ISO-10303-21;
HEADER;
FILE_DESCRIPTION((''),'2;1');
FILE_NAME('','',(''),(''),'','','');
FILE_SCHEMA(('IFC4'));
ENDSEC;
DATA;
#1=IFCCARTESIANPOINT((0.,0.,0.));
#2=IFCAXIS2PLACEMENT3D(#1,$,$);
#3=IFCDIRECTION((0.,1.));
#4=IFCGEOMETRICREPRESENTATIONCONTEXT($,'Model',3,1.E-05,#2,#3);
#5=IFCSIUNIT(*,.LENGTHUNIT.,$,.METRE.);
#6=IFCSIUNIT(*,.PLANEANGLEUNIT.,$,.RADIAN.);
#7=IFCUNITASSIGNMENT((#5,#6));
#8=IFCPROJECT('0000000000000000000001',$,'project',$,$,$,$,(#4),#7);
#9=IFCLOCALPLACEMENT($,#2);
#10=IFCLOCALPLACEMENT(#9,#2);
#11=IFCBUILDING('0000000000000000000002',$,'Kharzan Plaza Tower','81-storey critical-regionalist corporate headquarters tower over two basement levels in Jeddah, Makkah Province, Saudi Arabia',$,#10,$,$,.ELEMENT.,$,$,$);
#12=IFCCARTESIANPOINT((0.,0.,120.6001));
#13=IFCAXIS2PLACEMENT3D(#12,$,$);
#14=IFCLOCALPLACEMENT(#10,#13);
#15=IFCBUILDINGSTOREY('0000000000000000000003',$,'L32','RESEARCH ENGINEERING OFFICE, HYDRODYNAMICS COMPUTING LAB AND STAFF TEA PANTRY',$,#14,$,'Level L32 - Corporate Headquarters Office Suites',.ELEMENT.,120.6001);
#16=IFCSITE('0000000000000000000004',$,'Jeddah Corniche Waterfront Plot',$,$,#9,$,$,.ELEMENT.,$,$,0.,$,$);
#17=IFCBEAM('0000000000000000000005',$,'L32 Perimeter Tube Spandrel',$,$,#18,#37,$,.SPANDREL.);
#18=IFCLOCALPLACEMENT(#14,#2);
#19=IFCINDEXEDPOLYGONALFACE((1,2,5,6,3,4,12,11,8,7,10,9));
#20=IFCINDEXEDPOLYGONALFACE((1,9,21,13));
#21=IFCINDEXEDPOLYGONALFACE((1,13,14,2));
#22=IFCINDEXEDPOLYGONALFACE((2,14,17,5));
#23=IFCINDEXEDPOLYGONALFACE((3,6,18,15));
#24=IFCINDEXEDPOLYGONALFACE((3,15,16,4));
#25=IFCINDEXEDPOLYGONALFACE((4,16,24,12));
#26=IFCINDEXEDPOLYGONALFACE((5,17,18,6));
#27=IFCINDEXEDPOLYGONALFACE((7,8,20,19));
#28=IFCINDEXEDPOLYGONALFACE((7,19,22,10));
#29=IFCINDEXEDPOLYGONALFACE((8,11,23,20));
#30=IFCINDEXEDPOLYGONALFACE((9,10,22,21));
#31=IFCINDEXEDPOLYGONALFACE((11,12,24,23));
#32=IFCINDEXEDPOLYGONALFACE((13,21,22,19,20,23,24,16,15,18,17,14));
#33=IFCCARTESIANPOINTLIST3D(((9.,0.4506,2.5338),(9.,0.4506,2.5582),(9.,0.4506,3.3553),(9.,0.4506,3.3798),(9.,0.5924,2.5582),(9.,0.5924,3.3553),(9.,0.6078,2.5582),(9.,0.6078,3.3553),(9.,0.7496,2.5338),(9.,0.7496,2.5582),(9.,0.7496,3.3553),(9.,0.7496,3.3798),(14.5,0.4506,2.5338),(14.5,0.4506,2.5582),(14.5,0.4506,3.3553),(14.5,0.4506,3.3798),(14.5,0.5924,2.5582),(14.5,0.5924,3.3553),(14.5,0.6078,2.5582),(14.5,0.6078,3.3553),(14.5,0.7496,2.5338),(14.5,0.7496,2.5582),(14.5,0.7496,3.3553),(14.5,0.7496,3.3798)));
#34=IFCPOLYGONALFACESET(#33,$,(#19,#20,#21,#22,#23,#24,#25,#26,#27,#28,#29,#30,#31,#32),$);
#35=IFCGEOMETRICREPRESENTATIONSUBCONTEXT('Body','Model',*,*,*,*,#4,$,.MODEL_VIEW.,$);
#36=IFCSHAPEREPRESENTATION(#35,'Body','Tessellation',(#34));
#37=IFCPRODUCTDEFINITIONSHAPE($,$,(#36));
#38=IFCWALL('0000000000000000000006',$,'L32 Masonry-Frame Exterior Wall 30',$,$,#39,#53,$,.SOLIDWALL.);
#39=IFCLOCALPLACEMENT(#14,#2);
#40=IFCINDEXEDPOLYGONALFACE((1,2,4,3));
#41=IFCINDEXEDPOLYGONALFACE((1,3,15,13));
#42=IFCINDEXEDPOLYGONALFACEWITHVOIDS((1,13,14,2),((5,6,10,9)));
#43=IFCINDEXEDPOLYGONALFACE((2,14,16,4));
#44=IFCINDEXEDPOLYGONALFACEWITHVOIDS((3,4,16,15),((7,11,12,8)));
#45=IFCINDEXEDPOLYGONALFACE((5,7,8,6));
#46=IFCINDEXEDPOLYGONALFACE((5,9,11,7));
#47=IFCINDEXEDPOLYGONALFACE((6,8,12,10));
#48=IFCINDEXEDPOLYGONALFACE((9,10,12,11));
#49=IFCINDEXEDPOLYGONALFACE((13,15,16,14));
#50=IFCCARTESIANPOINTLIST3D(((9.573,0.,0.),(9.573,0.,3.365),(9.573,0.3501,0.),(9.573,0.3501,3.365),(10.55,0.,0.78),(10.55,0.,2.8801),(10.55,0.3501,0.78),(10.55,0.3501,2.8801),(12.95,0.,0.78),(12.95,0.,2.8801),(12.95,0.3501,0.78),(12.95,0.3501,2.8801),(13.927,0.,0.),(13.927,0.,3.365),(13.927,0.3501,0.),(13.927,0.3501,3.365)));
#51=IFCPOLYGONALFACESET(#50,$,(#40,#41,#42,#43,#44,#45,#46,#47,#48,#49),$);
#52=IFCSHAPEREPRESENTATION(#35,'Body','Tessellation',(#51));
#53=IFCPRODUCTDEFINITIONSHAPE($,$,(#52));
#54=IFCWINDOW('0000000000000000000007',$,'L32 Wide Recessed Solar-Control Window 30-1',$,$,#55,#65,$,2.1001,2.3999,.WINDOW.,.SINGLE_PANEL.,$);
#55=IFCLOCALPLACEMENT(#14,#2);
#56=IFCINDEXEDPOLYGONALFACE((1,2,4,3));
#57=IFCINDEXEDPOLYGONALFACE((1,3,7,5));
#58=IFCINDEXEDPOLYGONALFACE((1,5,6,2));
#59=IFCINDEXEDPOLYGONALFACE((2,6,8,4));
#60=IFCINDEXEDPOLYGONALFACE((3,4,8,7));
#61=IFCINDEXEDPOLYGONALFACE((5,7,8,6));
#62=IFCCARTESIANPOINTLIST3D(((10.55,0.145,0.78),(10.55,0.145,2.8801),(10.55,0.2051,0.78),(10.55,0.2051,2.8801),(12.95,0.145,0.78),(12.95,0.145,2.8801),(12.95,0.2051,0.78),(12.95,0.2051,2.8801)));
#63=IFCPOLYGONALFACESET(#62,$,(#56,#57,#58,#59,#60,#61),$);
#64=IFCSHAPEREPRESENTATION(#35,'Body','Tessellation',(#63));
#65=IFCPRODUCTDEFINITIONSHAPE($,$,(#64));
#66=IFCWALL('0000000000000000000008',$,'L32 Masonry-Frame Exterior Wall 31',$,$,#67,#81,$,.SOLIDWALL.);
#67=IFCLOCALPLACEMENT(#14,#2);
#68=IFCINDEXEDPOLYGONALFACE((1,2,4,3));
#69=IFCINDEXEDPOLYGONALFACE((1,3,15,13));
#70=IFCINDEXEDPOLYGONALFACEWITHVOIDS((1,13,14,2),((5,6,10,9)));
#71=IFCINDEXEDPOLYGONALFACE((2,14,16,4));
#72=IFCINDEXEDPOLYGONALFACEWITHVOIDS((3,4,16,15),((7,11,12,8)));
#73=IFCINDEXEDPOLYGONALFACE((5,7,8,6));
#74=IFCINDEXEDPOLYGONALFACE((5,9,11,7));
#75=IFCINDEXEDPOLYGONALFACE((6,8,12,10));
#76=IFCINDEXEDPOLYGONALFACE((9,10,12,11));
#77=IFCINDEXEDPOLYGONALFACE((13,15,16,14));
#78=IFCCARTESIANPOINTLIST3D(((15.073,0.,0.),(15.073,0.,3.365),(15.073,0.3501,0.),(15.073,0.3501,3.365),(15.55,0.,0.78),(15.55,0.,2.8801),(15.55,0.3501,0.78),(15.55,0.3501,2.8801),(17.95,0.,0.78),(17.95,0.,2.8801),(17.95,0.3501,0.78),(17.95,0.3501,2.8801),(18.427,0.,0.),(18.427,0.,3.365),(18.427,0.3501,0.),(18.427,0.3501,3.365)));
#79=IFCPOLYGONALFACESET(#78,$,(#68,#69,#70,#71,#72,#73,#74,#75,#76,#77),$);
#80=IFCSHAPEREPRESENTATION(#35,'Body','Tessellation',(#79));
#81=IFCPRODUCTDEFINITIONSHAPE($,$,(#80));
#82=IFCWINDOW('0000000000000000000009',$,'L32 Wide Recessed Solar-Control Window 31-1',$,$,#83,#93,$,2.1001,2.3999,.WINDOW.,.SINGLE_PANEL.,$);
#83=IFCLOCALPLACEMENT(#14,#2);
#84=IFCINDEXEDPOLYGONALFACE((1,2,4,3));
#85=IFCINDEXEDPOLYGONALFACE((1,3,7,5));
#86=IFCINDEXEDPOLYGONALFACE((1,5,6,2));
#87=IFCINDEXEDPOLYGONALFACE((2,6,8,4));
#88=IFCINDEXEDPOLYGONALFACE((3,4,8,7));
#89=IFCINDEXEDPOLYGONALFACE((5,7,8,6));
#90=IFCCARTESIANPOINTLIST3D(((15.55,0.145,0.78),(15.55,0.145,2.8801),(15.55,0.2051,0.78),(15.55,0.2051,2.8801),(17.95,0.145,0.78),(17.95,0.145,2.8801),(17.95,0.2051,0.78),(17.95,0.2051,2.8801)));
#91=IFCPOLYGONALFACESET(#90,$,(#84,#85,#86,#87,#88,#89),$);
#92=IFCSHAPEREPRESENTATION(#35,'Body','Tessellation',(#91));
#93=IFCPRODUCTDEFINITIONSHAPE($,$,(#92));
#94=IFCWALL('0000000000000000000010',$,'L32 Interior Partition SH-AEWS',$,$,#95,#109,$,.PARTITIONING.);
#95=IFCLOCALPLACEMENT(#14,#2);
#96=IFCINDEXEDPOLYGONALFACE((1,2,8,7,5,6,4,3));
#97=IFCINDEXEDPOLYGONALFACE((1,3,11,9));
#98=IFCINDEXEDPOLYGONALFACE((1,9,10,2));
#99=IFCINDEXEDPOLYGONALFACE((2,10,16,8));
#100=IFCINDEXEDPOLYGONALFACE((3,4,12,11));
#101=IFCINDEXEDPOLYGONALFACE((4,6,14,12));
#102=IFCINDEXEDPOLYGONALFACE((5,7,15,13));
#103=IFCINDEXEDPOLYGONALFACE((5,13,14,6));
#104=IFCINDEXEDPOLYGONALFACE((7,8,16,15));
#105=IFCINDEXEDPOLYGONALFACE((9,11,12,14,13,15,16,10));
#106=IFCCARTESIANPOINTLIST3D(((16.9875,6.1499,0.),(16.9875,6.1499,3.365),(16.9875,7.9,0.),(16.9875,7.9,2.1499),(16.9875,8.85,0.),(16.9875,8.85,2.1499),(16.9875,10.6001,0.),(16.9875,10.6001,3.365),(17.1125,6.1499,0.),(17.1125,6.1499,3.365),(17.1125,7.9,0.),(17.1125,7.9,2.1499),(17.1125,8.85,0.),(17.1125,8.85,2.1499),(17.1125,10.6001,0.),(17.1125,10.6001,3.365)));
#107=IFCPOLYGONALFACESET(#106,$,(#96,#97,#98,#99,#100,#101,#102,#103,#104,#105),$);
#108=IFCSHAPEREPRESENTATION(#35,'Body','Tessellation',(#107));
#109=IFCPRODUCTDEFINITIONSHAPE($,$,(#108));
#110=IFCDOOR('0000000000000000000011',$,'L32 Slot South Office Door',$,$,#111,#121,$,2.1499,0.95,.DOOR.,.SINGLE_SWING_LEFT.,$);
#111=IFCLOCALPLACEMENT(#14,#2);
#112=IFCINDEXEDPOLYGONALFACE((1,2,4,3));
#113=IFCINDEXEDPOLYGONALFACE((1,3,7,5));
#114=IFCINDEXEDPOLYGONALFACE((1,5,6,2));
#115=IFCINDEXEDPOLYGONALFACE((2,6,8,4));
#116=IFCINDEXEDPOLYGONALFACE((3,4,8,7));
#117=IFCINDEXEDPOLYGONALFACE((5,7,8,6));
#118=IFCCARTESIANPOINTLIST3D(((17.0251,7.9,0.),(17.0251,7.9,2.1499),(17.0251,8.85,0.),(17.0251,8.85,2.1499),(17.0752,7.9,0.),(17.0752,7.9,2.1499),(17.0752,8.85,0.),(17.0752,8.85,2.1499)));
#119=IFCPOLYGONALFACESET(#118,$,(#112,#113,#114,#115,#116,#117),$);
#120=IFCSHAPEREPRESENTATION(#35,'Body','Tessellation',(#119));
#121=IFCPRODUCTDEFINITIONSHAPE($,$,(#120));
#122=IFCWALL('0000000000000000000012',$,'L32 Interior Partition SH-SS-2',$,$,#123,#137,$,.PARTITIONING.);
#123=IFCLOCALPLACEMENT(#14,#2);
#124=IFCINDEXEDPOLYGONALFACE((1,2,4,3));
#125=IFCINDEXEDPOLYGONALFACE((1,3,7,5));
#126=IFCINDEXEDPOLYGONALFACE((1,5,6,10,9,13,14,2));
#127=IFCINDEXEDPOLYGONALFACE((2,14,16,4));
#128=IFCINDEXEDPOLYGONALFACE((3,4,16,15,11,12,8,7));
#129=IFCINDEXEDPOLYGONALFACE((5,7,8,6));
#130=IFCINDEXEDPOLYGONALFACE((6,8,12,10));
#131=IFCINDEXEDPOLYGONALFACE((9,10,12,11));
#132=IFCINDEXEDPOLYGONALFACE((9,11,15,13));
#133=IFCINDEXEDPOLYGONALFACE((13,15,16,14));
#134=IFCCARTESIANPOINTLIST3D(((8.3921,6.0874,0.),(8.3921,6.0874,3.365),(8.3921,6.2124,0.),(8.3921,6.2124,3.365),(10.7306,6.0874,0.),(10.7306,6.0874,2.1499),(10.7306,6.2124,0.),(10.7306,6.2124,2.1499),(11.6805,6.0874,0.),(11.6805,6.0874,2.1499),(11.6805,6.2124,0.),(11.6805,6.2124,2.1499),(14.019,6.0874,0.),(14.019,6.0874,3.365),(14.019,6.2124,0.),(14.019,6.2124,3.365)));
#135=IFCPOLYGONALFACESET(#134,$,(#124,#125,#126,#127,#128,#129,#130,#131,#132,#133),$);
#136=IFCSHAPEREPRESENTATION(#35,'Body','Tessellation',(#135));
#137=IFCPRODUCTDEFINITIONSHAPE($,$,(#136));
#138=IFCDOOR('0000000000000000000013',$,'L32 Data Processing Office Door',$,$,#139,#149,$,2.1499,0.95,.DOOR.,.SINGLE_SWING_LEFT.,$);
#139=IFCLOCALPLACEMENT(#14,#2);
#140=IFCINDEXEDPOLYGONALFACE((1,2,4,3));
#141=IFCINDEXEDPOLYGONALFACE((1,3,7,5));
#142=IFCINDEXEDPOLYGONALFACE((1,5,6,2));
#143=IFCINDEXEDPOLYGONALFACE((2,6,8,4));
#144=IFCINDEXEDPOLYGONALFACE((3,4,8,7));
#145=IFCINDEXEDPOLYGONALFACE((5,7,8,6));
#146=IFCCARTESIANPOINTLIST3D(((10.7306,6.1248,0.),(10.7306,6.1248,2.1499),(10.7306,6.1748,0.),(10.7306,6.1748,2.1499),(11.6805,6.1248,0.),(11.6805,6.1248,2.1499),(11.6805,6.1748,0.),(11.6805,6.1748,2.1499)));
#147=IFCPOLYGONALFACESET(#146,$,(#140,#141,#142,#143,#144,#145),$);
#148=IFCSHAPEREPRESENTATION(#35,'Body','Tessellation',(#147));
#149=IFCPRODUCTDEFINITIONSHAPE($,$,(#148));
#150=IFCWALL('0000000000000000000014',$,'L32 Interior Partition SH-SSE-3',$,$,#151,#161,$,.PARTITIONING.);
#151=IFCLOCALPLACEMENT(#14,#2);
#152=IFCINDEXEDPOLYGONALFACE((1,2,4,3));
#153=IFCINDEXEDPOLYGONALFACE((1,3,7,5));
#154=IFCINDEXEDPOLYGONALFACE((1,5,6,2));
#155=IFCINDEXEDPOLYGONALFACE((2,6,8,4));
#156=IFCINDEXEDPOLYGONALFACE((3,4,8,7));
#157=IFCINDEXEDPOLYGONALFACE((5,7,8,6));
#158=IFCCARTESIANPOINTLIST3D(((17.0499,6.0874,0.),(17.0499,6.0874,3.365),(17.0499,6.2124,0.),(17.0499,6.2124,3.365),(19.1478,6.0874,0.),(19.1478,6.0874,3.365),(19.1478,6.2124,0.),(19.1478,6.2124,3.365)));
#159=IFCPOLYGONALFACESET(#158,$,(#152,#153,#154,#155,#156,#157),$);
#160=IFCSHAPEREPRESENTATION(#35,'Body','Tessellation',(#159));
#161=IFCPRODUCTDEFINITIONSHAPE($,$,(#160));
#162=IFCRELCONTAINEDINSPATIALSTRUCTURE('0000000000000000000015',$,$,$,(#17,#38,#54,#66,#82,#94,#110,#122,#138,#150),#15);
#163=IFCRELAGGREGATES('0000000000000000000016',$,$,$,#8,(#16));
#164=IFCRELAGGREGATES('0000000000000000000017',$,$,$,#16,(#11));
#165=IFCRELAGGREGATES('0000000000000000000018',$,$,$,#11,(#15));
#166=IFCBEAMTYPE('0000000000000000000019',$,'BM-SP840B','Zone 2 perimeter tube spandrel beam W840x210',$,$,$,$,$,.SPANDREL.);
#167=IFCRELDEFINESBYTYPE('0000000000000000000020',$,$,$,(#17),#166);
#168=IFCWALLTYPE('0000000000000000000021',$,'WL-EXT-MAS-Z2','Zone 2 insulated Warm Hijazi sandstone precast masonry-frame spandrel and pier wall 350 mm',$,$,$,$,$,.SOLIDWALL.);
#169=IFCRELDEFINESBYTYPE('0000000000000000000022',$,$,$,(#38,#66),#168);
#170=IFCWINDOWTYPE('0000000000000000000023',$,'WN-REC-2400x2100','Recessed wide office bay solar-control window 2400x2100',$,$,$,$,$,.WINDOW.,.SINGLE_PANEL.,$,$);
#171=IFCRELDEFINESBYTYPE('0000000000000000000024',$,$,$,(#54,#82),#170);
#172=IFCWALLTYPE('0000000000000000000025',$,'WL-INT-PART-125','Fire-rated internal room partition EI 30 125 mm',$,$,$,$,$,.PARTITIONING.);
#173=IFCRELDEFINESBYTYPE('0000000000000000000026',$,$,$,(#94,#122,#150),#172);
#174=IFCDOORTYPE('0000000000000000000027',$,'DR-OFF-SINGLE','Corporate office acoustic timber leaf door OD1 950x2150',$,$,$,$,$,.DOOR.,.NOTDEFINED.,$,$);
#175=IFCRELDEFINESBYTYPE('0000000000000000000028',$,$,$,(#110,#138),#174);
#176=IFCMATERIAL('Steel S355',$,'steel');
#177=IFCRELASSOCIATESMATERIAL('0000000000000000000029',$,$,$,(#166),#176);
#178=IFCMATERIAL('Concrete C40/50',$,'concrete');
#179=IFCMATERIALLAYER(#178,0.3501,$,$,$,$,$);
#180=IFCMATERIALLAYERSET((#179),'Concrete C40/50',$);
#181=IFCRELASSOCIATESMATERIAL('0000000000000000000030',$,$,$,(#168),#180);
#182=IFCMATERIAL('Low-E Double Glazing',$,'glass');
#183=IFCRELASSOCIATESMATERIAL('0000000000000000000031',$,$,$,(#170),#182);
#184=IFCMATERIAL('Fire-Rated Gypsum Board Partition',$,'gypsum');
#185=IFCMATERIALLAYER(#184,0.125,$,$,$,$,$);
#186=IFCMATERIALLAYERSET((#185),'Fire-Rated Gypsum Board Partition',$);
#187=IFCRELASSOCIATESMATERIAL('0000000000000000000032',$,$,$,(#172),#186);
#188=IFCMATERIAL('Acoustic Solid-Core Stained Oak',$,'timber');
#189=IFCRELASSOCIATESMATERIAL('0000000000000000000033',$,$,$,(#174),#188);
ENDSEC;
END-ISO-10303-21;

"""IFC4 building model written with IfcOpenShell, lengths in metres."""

from ifc_helpers import new_model, si_unit, direction, frame, frame_2d, origin, origin_2d, place, context, subcontext, project, spatial, rectangle, i_section, extrude, source, transform, mapped, material, layer, layer_set, material_profile, profile_set, type_object, element, fill, save


model = new_model("IFC4")

# Units and contexts
model_context = context("Model", 3, precision=1e-05, world=origin(), true_north=direction((0.0, 1.0)))
body_context = subcontext(model_context, "Body", "Model", "MODEL_VIEW")
ifc_project = project(units=[si_unit("LENGTHUNIT", "METRE"), si_unit("PLANEANGLEUNIT", "RADIAN")], contexts=[model_context])

# Site, building, storey
site_placement = place(None, origin())
site = spatial("IfcSite", under=ifc_project, at=site_placement, Name="Jeddah Corniche Waterfront Plot", CompositionType="ELEMENT", RefElevation=0.0)
building_placement = place(site_placement, origin())
building = spatial("IfcBuilding", under=site, at=building_placement, Name="Kharzan Plaza Tower", Description="81-storey critical-regionalist corporate headquarters tower over two basement levels in Jeddah, Makkah Province, Saudi Arabia", CompositionType="ELEMENT")
storey_placement = place(building_placement, frame((0.0, 0.0, 120.6001)))
storey = spatial("IfcBuildingStorey", under=building, at=storey_placement, Name="L32", Description="RESEARCH ENGINEERING OFFICE, HYDRODYNAMICS COMPUTING LAB AND STAFF TEA PANTRY", LongName="Level L32 - Corporate Headquarters Office Suites", CompositionType="ELEMENT", Elevation=120.6001)

# Beam
ifc_material_1 = material(Name="Steel S355", Category="steel")
ifc_material_profile_1 = material_profile(ifc_material_1, i_section(OverallWidth=0.2991, OverallDepth=0.8459, WebThickness=0.0154, FlangeThickness=0.0244, at=origin_2d()), Name="W840x210")
ifc_profile_set_1 = profile_set([ifc_material_profile_1], Name="Steel S355")
beam_type_1 = type_object("IfcBeamType", Name="BM-SP840B", Description="Zone 2 perimeter tube spandrel beam W840x210", PredefinedType="SPANDREL", material=ifc_profile_set_1)
shared_shape_1 = source(origin(), body_context, "Body", "SweptSolid", [
    extrude(i_section(OverallWidth=0.2991, OverallDepth=0.8459, WebThickness=0.0154, FlangeThickness=0.0244, at=origin_2d()), origin(), (0.0, 0.0, 1.0), 5.5),
])
beam_1_placement = place(storey_placement, frame((9.0, 0.6001, 2.9568), z_axis=(1.0, 0.0, 0.0), x_axis=(0.0, 1.0, 0.0)))
element("IfcBeam", 1, at=beam_1_placement, inside=storey, type_object=beam_type_1, Name="L32 Perimeter Tube Spandrel", PredefinedType="SPANDREL", context=body_context, shape_type="MappedRepresentation", body=[
    mapped(shared_shape_1, transform((0.0, 0.0, 0.0), x_axis=(1.0, 0.0, 0.0), y_axis=(0.0, 1.0, 0.0), z_axis=(0.0, 0.0, 1.0))),
])

# Walls, openings, windows
ifc_material_2 = material(Name="Concrete C40/50", Category="concrete")
ifc_layer_1 = layer(ifc_material_2, 0.3501)
ifc_layer_set_1 = layer_set([ifc_layer_1], Name="Concrete C40/50")
wall_type_1 = type_object("IfcWallType", Name="WL-EXT-MAS-Z2", Description="Zone 2 insulated Warm Hijazi sandstone precast masonry-frame spandrel and pier wall 350 mm", PredefinedType="SOLIDWALL", material=ifc_layer_set_1)
wall_1_placement = place(storey_placement, frame((9.573, 0.175, 0.0), z_axis=(0.0, 0.0, 1.0), x_axis=(1.0, 0.0, 0.0)))
wall_1 = element("IfcWall", 2, at=wall_1_placement, inside=storey, type_object=wall_type_1, Name="L32 Masonry-Frame Exterior Wall 30", PredefinedType="SOLIDWALL", context=body_context, shape_type="SweptSolid", body=[
    extrude(rectangle(XDim=4.354, YDim=0.3501, at=frame_2d((2.177, 0.0))), origin(), (0.0, 0.0, 1.0), 3.365),
])
opening_1_placement = place(wall_1_placement, frame((0.9771, 0.0, 0.78)))
opening_1 = element("IfcOpeningElement", 3, at=opening_1_placement, cuts=wall_1, PredefinedType="OPENING", context=body_context, shape_type="SweptSolid", body=[
    extrude(rectangle(XDim=2.3999, YDim=2.1001, at=frame_2d((1.2, 1.05))), frame((0.0, 0.1851, 0.0), z_axis=(0.0, -1.0, 0.0), x_axis=(1.0, 0.0, 0.0)), (0.0, 0.0, 1.0), 0.3701),
])
ifc_material_3 = material(Name="Low-E Double Glazing", Category="glass")
window_type = type_object("IfcWindowType", Name="WN-REC-2400x2100", Description="Recessed wide office bay solar-control window 2400x2100", PartitioningType="SINGLE_PANEL", PredefinedType="WINDOW", material=ifc_material_3)
shared_shape_2 = source(origin(), body_context, "Body", "SweptSolid", [
    extrude(rectangle(XDim=2.3999, YDim=2.1001, at=frame_2d((1.2, 1.05))), frame((0.0, 0.03, 0.0), z_axis=(0.0, -1.0, 0.0), x_axis=(1.0, 0.0, 0.0)), (0.0, 0.0, 1.0), 0.0601),
])
window_1_placement = place(opening_1_placement, origin())
window_1 = element("IfcWindow", 4, at=window_1_placement, inside=storey, type_object=window_type, Name="L32 Wide Recessed Solar-Control Window 30-1", OverallHeight=2.1001, OverallWidth=2.3999, PartitioningType="SINGLE_PANEL", PredefinedType="WINDOW", context=body_context, shape_type="MappedRepresentation", body=[
    mapped(shared_shape_2, transform((0.0, 0.0, 0.0), x_axis=(1.0, 0.0, 0.0), y_axis=(0.0, 1.0, 0.0), z_axis=(0.0, 0.0, 1.0))),
])
fill(opening_1, window_1)
wall_2_placement = place(storey_placement, frame((15.073, 0.175, 0.0), z_axis=(0.0, 0.0, 1.0), x_axis=(1.0, 0.0, 0.0)))
wall_2 = element("IfcWall", 5, at=wall_2_placement, inside=storey, type_object=wall_type_1, Name="L32 Masonry-Frame Exterior Wall 31", PredefinedType="SOLIDWALL", context=body_context, shape_type="SweptSolid", body=[
    extrude(rectangle(XDim=3.354, YDim=0.3501, at=frame_2d((1.677, 0.0))), origin(), (0.0, 0.0, 1.0), 3.365),
])
opening_2_placement = place(wall_2_placement, frame((0.4771, 0.0, 0.78)))
opening_2 = element("IfcOpeningElement", 6, at=opening_2_placement, cuts=wall_2, PredefinedType="OPENING", context=body_context, shape_type="SweptSolid", body=[
    extrude(rectangle(XDim=2.3999, YDim=2.1001, at=frame_2d((1.2, 1.05))), frame((0.0, 0.1851, 0.0), z_axis=(0.0, -1.0, 0.0), x_axis=(1.0, 0.0, 0.0)), (0.0, 0.0, 1.0), 0.3701),
])
window_2_placement = place(opening_2_placement, origin())
window_2 = element("IfcWindow", 7, at=window_2_placement, inside=storey, type_object=window_type, Name="L32 Wide Recessed Solar-Control Window 31-1", OverallHeight=2.1001, OverallWidth=2.3999, PartitioningType="SINGLE_PANEL", PredefinedType="WINDOW", context=body_context, shape_type="MappedRepresentation", body=[
    mapped(shared_shape_2, transform((0.0, 0.0, 0.0), x_axis=(1.0, 0.0, 0.0), y_axis=(0.0, 1.0, 0.0), z_axis=(0.0, 0.0, 1.0))),
])
fill(opening_2, window_2)

# Walls, openings, doors
ifc_material_4 = material(Name="Fire-Rated Gypsum Board Partition", Category="gypsum")
ifc_layer_2 = layer(ifc_material_4, 0.125)
ifc_layer_set_2 = layer_set([ifc_layer_2], Name="Fire-Rated Gypsum Board Partition")
wall_type_2 = type_object("IfcWallType", Name="WL-INT-PART-125", Description="Fire-rated internal room partition EI 30 125 mm", PredefinedType="PARTITIONING", material=ifc_layer_set_2)
wall_3_placement = place(storey_placement, frame((17.05, 6.1499, 0.0), z_axis=(0.0, 0.0, 1.0), x_axis=(0.0, 1.0, 0.0)))
wall_3 = element("IfcWall", 8, at=wall_3_placement, inside=storey, type_object=wall_type_2, Name="L32 Interior Partition SH-AEWS", PredefinedType="PARTITIONING", context=body_context, shape_type="SweptSolid", body=[
    extrude(rectangle(XDim=4.4502, YDim=0.125, at=frame_2d((2.2251, 0.0))), origin(), (0.0, 0.0, 1.0), 3.365),
])
opening_3_placement = place(wall_3_placement, frame((1.75, 0.0, 0.0)))
opening_3 = element("IfcOpeningElement", 9, at=opening_3_placement, cuts=wall_3, PredefinedType="OPENING", context=body_context, shape_type="SweptSolid", body=[
    extrude(rectangle(XDim=0.95, YDim=2.1499, at=frame_2d((0.4751, 1.075))), frame((0.0, 0.0725, 0.0), z_axis=(0.0, -1.0, 0.0), x_axis=(1.0, 0.0, 0.0)), (0.0, 0.0, 1.0), 0.145),
])
ifc_material_5 = material(Name="Acoustic Solid-Core Stained Oak", Category="timber")
door_type = type_object("IfcDoorType", Name="DR-OFF-SINGLE", Description="Corporate office acoustic timber leaf door OD1 950x2150", OperationType="NOTDEFINED", PredefinedType="DOOR", material=ifc_material_5)
shared_shape_3 = source(origin(), body_context, "Body", "SweptSolid", [
    extrude(rectangle(XDim=0.95, YDim=2.1499, at=frame_2d((0.4751, 1.075))), frame((0.0, 0.0249, 0.0), z_axis=(0.0, -1.0, 0.0), x_axis=(1.0, 0.0, 0.0)), (0.0, 0.0, 1.0), 0.05),
])
door_1_placement = place(opening_3_placement, origin())
door_1 = element("IfcDoor", 10, at=door_1_placement, inside=storey, type_object=door_type, Name="L32 Slot South Office Door", OperationType="SINGLE_SWING_LEFT", OverallHeight=2.1499, OverallWidth=0.95, PredefinedType="DOOR", context=body_context, shape_type="MappedRepresentation", body=[
    mapped(shared_shape_3, transform((0.0, 0.0, 0.0), x_axis=(1.0, 0.0, 0.0), y_axis=(0.0, 1.0, 0.0), z_axis=(0.0, 0.0, 1.0))),
])
fill(opening_3, door_1)
wall_4_placement = place(storey_placement, frame((8.3921, 6.1499, 0.0), z_axis=(0.0, 0.0, 1.0), x_axis=(1.0, 0.0, 0.0)))
wall_4 = element("IfcWall", 11, at=wall_4_placement, inside=storey, type_object=wall_type_2, Name="L32 Interior Partition SH-SS-2", PredefinedType="PARTITIONING", context=body_context, shape_type="SweptSolid", body=[
    extrude(rectangle(XDim=5.627, YDim=0.125, at=frame_2d((2.8135, 0.0))), origin(), (0.0, 0.0, 1.0), 3.365),
])
opening_4_placement = place(wall_4_placement, frame((2.3384, 0.0, 0.0)))
opening_4 = element("IfcOpeningElement", 12, at=opening_4_placement, cuts=wall_4, PredefinedType="OPENING", context=body_context, shape_type="SweptSolid", body=[
    extrude(rectangle(XDim=0.95, YDim=2.1499, at=frame_2d((0.4751, 1.075))), frame((0.0, 0.0725, 0.0), z_axis=(0.0, -1.0, 0.0), x_axis=(1.0, 0.0, 0.0)), (0.0, 0.0, 1.0), 0.145),
])
door_2_placement = place(opening_4_placement, origin())
door_2 = element("IfcDoor", 13, at=door_2_placement, inside=storey, type_object=door_type, Name="L32 Data Processing Office Door", OperationType="SINGLE_SWING_LEFT", OverallHeight=2.1499, OverallWidth=0.95, PredefinedType="DOOR", context=body_context, shape_type="MappedRepresentation", body=[
    mapped(shared_shape_3, transform((0.0, 0.0, 0.0), x_axis=(1.0, 0.0, 0.0), y_axis=(0.0, 1.0, 0.0), z_axis=(0.0, 0.0, 1.0))),
])
fill(opening_4, door_2)

# Wall
shared_shape_4 = source(origin(), body_context, "Body", "SweptSolid", [
    extrude(rectangle(XDim=2.0979, YDim=0.125, at=frame_2d((1.0488, 0.0))), origin(), (0.0, 0.0, 1.0), 3.365),
])
wall_5_placement = place(storey_placement, frame((17.05, 6.1499, 0.0), z_axis=(0.0, 0.0, 1.0), x_axis=(1.0, 0.0, 0.0)))
element("IfcWall", 14, at=wall_5_placement, inside=storey, type_object=wall_type_2, Name="L32 Interior Partition SH-SSE-3", PredefinedType="PARTITIONING", context=body_context, shape_type="MappedRepresentation", body=[
    mapped(shared_shape_4, transform((0.0, 0.0, 0.0), x_axis=(1.0, 0.0, 0.0), y_axis=(0.0, 1.0, 0.0), z_axis=(0.0, 0.0, 1.0))),
])

save(model, "model.ifc")
